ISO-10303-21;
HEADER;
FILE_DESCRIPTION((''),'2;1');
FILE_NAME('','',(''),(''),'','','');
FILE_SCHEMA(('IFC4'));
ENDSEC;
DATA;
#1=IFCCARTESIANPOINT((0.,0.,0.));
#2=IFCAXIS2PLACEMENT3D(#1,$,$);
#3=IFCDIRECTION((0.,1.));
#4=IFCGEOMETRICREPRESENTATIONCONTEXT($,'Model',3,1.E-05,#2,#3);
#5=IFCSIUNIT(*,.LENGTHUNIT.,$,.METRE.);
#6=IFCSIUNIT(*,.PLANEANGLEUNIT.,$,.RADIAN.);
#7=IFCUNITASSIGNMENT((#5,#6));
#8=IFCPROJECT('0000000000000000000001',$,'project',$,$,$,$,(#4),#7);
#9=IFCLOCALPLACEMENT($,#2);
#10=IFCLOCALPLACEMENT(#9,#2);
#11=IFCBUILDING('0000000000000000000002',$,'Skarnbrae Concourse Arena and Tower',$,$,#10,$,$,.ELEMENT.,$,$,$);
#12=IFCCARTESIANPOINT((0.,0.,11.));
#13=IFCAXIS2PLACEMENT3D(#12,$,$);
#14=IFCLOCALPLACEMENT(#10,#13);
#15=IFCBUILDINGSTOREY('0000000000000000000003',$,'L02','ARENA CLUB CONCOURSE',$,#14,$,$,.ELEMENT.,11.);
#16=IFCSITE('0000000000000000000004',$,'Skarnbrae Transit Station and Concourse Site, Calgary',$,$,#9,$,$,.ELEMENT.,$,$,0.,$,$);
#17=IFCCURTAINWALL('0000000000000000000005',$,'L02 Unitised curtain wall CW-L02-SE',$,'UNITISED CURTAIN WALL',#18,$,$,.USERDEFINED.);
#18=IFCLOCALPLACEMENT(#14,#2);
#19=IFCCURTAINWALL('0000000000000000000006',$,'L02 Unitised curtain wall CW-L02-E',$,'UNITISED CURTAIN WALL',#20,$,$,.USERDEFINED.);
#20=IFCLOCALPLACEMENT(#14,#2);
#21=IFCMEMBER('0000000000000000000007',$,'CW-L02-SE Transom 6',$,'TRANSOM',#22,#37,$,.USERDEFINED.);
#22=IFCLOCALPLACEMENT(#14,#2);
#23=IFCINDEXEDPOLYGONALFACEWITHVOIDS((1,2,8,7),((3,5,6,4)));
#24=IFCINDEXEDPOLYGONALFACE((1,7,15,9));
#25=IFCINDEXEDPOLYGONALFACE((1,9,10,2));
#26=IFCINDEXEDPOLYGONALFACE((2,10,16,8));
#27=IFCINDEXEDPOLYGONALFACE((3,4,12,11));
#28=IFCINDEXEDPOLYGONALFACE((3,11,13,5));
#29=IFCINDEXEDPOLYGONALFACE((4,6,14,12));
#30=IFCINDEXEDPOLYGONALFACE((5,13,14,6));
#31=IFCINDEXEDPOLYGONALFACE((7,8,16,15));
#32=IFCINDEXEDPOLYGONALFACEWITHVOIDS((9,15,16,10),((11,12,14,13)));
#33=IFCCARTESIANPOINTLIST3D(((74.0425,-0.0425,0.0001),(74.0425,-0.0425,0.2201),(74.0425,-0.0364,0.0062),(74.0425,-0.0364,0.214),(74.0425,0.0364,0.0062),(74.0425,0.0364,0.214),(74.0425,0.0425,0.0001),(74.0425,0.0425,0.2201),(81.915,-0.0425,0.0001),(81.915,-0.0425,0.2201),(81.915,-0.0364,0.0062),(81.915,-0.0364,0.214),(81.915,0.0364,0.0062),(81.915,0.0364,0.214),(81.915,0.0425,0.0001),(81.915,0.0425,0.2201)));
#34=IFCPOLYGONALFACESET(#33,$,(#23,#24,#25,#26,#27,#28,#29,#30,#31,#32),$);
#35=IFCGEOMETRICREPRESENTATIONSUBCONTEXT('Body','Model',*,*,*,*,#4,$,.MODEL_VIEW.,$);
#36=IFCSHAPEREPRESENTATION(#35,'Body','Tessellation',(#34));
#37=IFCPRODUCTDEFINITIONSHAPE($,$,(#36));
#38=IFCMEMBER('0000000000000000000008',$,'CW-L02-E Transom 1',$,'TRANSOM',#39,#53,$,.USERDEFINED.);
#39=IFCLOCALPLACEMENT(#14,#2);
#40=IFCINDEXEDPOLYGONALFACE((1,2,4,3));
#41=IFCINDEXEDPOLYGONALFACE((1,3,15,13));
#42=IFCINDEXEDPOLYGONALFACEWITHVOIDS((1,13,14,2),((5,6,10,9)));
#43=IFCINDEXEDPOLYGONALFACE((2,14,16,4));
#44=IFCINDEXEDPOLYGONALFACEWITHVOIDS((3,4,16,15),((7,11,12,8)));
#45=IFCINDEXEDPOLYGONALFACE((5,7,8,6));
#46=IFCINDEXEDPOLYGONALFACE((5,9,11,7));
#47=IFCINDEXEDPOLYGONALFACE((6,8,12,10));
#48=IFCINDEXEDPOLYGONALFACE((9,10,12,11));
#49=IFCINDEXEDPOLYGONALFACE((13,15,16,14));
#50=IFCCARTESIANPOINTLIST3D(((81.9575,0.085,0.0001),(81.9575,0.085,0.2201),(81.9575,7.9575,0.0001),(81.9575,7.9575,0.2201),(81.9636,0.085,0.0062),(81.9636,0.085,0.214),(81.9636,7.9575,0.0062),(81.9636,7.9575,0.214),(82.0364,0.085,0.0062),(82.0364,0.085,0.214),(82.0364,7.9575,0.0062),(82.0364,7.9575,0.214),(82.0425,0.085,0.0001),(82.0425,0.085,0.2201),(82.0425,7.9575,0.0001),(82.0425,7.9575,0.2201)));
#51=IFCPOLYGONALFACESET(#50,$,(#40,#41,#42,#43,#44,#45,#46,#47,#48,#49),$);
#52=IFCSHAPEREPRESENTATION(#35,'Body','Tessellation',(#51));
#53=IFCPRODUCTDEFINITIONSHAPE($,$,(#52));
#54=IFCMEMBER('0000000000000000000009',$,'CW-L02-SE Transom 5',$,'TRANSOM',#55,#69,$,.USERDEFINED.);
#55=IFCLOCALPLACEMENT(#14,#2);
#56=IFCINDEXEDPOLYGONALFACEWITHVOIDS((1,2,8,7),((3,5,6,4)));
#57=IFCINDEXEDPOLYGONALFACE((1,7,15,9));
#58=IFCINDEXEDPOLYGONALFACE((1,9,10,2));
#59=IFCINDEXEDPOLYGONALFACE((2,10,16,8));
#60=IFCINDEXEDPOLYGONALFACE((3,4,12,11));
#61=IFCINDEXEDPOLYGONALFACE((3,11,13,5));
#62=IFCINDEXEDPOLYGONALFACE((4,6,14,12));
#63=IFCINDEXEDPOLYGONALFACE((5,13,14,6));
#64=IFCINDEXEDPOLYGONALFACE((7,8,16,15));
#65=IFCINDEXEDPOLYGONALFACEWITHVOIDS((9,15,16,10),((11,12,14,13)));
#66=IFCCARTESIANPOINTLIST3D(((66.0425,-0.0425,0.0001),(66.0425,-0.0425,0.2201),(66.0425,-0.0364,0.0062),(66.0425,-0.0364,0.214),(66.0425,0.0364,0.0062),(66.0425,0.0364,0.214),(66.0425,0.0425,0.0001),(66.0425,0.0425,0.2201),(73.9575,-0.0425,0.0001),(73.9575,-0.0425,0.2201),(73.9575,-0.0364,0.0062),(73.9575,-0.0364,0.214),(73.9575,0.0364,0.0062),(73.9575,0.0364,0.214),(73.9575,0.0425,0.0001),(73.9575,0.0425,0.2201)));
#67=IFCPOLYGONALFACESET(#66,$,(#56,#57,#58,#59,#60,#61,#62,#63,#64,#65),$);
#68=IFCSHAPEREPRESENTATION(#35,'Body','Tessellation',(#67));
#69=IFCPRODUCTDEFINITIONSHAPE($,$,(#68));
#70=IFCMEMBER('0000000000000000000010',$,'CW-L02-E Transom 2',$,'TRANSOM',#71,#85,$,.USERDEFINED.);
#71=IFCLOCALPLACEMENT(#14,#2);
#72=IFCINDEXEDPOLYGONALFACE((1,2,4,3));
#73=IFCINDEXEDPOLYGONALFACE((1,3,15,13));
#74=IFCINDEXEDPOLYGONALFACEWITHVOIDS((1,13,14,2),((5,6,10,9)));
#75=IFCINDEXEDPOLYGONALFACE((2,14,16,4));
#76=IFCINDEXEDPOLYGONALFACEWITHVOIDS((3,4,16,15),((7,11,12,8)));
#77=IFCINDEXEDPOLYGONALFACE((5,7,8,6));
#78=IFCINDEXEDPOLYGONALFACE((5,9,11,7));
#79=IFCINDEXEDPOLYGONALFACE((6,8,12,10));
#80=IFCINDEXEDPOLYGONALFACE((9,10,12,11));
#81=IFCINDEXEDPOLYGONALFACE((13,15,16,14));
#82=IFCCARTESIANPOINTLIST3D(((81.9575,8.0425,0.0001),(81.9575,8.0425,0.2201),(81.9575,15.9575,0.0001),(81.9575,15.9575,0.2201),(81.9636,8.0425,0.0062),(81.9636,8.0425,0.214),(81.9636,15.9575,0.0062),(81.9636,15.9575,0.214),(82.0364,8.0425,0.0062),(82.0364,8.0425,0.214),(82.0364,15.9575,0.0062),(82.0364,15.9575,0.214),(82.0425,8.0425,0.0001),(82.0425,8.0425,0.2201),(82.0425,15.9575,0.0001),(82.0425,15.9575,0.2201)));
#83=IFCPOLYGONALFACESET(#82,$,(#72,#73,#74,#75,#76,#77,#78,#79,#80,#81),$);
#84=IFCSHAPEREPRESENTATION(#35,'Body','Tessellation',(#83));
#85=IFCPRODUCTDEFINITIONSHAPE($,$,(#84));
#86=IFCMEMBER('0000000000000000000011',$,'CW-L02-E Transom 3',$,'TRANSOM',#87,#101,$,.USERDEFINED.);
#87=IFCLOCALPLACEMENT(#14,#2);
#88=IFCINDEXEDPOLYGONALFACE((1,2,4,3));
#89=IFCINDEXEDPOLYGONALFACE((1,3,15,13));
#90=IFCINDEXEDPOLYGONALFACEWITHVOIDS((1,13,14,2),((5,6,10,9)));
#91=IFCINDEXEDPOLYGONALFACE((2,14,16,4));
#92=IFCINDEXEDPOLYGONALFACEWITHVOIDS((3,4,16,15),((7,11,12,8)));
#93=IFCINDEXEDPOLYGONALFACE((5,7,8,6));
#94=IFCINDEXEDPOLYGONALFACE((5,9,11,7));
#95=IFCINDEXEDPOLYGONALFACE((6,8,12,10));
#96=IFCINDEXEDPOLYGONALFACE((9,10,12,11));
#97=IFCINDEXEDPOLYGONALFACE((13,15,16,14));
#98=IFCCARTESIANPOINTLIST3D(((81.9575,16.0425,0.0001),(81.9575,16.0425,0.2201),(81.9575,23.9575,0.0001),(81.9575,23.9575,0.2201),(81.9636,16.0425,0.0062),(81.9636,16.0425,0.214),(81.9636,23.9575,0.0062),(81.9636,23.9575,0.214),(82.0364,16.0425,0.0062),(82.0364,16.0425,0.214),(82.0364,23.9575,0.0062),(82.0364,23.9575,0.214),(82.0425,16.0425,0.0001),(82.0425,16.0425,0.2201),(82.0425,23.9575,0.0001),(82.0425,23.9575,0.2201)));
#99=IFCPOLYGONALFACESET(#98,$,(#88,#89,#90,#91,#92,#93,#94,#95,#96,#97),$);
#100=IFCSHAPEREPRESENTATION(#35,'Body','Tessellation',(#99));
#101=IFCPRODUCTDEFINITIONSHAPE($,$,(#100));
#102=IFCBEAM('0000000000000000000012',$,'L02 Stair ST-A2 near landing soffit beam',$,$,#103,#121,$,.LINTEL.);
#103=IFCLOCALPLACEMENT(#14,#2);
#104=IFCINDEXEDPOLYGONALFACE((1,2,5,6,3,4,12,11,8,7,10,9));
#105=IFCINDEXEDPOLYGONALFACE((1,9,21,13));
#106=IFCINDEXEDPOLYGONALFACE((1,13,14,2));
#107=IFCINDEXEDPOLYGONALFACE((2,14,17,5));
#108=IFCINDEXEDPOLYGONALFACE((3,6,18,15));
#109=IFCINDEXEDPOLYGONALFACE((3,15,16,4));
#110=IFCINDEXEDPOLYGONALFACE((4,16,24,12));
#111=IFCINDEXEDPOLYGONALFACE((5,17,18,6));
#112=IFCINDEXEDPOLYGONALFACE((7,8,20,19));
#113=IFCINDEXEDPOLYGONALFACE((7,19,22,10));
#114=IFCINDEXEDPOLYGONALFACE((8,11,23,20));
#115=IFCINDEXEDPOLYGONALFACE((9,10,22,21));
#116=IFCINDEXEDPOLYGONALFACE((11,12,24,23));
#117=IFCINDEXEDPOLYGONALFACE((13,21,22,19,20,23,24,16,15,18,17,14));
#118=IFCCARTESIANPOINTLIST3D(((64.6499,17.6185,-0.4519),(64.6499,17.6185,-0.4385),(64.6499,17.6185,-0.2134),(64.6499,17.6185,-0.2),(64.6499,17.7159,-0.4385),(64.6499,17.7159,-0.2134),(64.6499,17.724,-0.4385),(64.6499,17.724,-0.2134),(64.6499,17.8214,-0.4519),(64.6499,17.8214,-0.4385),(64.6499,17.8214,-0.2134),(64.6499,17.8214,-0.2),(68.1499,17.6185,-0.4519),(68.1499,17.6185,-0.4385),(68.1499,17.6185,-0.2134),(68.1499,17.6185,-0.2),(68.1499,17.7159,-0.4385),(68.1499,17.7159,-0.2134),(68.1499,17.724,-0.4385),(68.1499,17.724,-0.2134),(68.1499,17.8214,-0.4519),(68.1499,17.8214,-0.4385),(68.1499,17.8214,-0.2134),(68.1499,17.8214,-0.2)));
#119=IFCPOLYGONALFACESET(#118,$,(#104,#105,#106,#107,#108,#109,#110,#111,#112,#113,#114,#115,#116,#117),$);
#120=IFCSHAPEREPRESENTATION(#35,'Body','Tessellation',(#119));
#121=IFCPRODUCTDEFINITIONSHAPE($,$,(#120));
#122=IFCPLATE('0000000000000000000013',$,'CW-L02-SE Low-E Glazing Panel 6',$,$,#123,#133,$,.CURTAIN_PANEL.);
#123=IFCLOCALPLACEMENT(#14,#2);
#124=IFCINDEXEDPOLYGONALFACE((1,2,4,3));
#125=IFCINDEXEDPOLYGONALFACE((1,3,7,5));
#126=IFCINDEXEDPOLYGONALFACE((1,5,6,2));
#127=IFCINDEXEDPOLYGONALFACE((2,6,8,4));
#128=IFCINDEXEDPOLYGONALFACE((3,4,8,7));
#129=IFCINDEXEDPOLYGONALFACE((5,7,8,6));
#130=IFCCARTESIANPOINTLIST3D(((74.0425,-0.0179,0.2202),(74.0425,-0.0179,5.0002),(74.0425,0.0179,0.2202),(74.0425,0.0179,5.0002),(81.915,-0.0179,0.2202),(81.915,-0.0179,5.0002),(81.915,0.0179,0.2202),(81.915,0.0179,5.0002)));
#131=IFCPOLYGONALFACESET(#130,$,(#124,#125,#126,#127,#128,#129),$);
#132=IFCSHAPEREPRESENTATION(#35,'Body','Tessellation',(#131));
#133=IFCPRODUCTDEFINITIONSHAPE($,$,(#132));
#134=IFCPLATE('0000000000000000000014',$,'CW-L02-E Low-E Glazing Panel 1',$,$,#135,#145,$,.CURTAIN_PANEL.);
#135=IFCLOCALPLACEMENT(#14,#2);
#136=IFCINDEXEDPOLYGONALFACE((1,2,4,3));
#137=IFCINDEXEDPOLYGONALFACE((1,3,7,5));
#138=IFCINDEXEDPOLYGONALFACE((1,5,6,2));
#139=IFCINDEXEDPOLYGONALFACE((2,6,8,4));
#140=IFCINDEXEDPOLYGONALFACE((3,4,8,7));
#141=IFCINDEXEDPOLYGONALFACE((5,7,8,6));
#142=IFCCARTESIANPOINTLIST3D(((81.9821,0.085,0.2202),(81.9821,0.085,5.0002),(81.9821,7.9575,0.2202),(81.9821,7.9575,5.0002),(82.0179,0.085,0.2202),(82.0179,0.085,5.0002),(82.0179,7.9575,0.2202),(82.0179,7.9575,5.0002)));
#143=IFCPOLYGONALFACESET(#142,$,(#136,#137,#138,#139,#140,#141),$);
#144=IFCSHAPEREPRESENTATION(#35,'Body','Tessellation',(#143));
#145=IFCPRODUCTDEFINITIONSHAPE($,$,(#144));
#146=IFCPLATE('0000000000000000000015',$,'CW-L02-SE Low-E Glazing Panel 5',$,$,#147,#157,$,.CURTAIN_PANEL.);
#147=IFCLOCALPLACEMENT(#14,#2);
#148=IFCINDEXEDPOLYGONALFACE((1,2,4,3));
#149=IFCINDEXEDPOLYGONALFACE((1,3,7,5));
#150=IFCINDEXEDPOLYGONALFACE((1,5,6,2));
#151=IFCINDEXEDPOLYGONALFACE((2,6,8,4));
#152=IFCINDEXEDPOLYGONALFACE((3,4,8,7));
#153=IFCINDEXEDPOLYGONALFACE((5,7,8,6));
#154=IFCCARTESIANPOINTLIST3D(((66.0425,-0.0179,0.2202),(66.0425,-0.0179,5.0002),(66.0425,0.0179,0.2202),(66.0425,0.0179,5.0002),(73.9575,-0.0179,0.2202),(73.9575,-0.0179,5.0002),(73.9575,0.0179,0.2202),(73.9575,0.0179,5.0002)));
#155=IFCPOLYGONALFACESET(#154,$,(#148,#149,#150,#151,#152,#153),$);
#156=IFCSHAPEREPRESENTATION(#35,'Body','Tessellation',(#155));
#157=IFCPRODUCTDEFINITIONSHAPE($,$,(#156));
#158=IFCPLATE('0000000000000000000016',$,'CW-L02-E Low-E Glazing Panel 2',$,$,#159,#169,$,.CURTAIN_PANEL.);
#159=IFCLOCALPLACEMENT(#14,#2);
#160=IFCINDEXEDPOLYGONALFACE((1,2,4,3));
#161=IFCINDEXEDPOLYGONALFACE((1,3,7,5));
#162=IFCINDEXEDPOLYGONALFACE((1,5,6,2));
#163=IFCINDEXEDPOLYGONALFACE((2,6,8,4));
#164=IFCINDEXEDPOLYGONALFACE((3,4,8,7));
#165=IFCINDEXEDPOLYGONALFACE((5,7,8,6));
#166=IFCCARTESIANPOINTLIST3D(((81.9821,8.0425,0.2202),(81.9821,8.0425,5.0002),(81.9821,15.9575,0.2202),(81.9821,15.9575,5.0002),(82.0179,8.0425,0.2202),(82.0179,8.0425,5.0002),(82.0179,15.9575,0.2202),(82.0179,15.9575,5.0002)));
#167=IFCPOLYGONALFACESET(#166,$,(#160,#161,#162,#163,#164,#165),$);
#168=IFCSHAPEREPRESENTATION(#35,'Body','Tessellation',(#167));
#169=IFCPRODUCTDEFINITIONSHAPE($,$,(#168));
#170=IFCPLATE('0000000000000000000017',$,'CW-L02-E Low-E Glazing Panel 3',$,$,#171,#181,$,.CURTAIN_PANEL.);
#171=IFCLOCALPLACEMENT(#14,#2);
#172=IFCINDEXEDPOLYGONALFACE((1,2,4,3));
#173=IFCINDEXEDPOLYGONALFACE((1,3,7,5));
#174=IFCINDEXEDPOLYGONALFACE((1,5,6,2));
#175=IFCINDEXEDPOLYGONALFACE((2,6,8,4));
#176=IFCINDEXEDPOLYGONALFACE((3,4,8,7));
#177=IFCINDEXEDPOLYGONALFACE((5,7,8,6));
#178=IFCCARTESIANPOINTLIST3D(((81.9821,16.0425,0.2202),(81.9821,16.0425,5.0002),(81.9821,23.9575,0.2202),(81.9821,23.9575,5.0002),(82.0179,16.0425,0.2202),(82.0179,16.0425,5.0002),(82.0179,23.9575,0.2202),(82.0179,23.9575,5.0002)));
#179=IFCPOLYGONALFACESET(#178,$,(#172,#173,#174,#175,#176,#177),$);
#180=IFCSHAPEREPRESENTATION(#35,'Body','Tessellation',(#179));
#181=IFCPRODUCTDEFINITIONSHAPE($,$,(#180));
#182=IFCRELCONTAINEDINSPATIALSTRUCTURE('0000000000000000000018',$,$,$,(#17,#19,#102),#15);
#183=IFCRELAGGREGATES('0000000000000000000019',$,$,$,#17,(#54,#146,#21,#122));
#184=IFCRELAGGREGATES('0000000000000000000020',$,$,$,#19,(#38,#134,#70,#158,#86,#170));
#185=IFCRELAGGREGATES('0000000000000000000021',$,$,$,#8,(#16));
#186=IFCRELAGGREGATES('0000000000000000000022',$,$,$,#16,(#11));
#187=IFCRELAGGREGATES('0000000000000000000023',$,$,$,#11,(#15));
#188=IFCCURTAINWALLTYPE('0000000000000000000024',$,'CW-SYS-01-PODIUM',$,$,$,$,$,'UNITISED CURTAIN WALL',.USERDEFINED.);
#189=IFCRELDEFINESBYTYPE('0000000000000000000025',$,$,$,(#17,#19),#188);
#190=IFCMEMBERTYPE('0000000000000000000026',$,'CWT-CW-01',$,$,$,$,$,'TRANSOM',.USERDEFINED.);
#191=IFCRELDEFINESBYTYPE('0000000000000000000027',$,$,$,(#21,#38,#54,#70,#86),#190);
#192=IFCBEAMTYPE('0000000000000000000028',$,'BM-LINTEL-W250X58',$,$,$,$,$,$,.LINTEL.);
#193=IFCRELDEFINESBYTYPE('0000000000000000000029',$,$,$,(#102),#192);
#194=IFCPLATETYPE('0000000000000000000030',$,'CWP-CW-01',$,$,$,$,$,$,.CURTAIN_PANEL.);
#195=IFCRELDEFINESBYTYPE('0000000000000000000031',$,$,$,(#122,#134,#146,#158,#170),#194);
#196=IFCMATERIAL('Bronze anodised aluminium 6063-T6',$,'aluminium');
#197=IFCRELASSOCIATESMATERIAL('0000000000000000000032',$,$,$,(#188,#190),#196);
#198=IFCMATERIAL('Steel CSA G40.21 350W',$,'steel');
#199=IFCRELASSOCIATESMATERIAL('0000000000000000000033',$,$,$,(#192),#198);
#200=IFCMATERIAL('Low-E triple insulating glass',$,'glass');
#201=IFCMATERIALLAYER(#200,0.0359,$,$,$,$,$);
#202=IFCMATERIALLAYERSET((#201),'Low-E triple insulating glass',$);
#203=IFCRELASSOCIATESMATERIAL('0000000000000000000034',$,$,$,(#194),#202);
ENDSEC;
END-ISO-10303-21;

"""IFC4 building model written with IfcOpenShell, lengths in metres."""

from ifc_helpers import new_model, si_unit, direction, frame, origin, origin_2d, place, context, subcontext, project, spatial, rectangle, hollow_rectangle, i_section, extrude, source, transform, mapped, material, layer, layer_set, material_profile, profile_set, type_object, element, aggregate, save


model = new_model("IFC4")

# Units and contexts
model_context = context("Model", 3, precision=1e-05, world=origin(), true_north=direction((0.0, 1.0)))
body_context = subcontext(model_context, "Body", "Model", "MODEL_VIEW")
ifc_project = project(units=[si_unit("LENGTHUNIT", "METRE"), si_unit("PLANEANGLEUNIT", "RADIAN")], contexts=[model_context])

# Site, building, storey
site_placement = place(None, origin())
site = spatial("IfcSite", under=ifc_project, at=site_placement, Name="Skarnbrae Transit Station and Concourse Site, Calgary", CompositionType="ELEMENT", RefElevation=0.0)
building_placement = place(site_placement, origin())
building = spatial("IfcBuilding", under=site, at=building_placement, Name="Skarnbrae Concourse Arena and Tower", CompositionType="ELEMENT")
storey_placement = place(building_placement, frame((0.0, 0.0, 11.0)))
storey = spatial("IfcBuildingStorey", under=building, at=storey_placement, Name="L02", Description="ARENA CLUB CONCOURSE", CompositionType="ELEMENT", Elevation=11.0)

# Shared definitions
ifc_material_1 = material(Name="Steel CSA G40.21 350W", Category="steel")

# Curtain walls
ifc_material_2 = material(Name="Bronze anodised aluminium 6063-T6", Category="aluminium")
curtain_wall_type = type_object("IfcCurtainWallType", Name="CW-SYS-01-PODIUM", ElementType="UNITISED CURTAIN WALL", PredefinedType="USERDEFINED", material=ifc_material_2)
curtain_wall_1_placement = place(storey_placement, origin())
curtain_wall_1 = element("IfcCurtainWall", 1, at=curtain_wall_1_placement, inside=storey, type_object=curtain_wall_type, Name="L02 Unitised curtain wall CW-L02-SE", ObjectType="UNITISED CURTAIN WALL", PredefinedType="USERDEFINED")
curtain_wall_2_placement = place(storey_placement, origin())
curtain_wall_2 = element("IfcCurtainWall", 2, at=curtain_wall_2_placement, inside=storey, type_object=curtain_wall_type, Name="L02 Unitised curtain wall CW-L02-E", ObjectType="UNITISED CURTAIN WALL", PredefinedType="USERDEFINED")

# Members
ifc_material_profile_1 = material_profile(ifc_material_2, hollow_rectangle(XDim=0.085, YDim=0.22, WallThickness=0.0061, at=origin_2d()), Name="ALU-TRAN-85X220")
ifc_profile_set_1 = profile_set([ifc_material_profile_1], Name="Bronze anodised aluminium 6063-T6")
member_type_1 = type_object("IfcMemberType", Name="CWT-CW-01", ElementType="TRANSOM", PredefinedType="USERDEFINED", material=ifc_profile_set_1)
shared_shape_1 = source(origin(), body_context, "Body", "SweptSolid", [
    extrude(hollow_rectangle(XDim=0.085, YDim=0.22, WallThickness=0.0061, at=origin_2d()), origin(), (0.0, 0.0, 1.0), 7.8726),
])
member_1_placement = place(storey_placement, frame((74.0425, 0.0, 0.1101), z_axis=(1.0, 0.0, 0.0), x_axis=(0.0, 1.0, 0.0)))
member_1 = element("IfcMember", 3, at=member_1_placement, type_object=member_type_1, Name="CW-L02-SE Transom 6", ObjectType="TRANSOM", PredefinedType="USERDEFINED", context=body_context, shape_type="MappedRepresentation", body=[
    mapped(shared_shape_1, transform((0.0, 0.0, 0.0))),
])
member_2_placement = place(storey_placement, frame((82.0, 0.085, 0.1101), z_axis=(0.0, 1.0, 0.0), x_axis=(-1.0, 0.0, 0.0)))
member_2 = element("IfcMember", 4, at=member_2_placement, type_object=member_type_1, Name="CW-L02-E Transom 1", ObjectType="TRANSOM", PredefinedType="USERDEFINED", context=body_context, shape_type="MappedRepresentation", body=[
    mapped(shared_shape_1, transform((0.0, 0.0, 0.0))),
])
shared_shape_2 = source(origin(), body_context, "Body", "SweptSolid", [
    extrude(hollow_rectangle(XDim=0.085, YDim=0.22, WallThickness=0.0061, at=origin_2d()), origin(), (0.0, 0.0, 1.0), 7.915),
])
member_3_placement = place(storey_placement, frame((66.0425, 0.0, 0.1101), z_axis=(1.0, 0.0, 0.0), x_axis=(0.0, 1.0, 0.0)))
member_3 = element("IfcMember", 5, at=member_3_placement, type_object=member_type_1, Name="CW-L02-SE Transom 5", ObjectType="TRANSOM", PredefinedType="USERDEFINED", context=body_context, shape_type="MappedRepresentation", body=[
    mapped(shared_shape_2, transform((0.0, 0.0, 0.0))),
])
member_4_placement = place(storey_placement, frame((82.0, 8.0425, 0.1101), z_axis=(0.0, 1.0, 0.0), x_axis=(-1.0, 0.0, 0.0)))
member_4 = element("IfcMember", 6, at=member_4_placement, type_object=member_type_1, Name="CW-L02-E Transom 2", ObjectType="TRANSOM", PredefinedType="USERDEFINED", context=body_context, shape_type="MappedRepresentation", body=[
    mapped(shared_shape_2, transform((0.0, 0.0, 0.0))),
])
member_5_placement = place(storey_placement, frame((82.0, 16.0425, 0.1101), z_axis=(0.0, 1.0, 0.0), x_axis=(-1.0, 0.0, 0.0)))
member_5 = element("IfcMember", 7, at=member_5_placement, type_object=member_type_1, Name="CW-L02-E Transom 3", ObjectType="TRANSOM", PredefinedType="USERDEFINED", context=body_context, shape_type="MappedRepresentation", body=[
    mapped(shared_shape_2, transform((0.0, 0.0, 0.0))),
])

# Beam
ifc_material_profile_2 = material_profile(ifc_material_1, i_section(OverallWidth=0.2029, OverallDepth=0.252, WebThickness=0.0081, FlangeThickness=0.0134, at=origin_2d()), Name="W250X58")
ifc_profile_set_2 = profile_set([ifc_material_profile_2], Name="Steel CSA G40.21 350W")
beam_type_1 = type_object("IfcBeamType", Name="BM-LINTEL-W250X58", PredefinedType="LINTEL", material=ifc_profile_set_2)
shared_shape_3 = source(origin(), body_context, "Body", "SweptSolid", [
    extrude(i_section(OverallWidth=0.2029, OverallDepth=0.252, WebThickness=0.0081, FlangeThickness=0.0134, at=origin_2d()), origin(), (0.0, 0.0, 1.0), 3.5),
])
beam_1_placement = place(storey_placement, frame((68.1499, 17.72, -0.3259), z_axis=(-1.0, 0.0, 0.0), x_axis=(0.0, -1.0, 0.0)))
element("IfcBeam", 8, at=beam_1_placement, inside=storey, type_object=beam_type_1, Name="L02 Stair ST-A2 near landing soffit beam", PredefinedType="LINTEL", context=body_context, shape_type="MappedRepresentation", body=[
    mapped(shared_shape_3, transform((0.0, 0.0, 0.0))),
])

# Plates
ifc_material_3 = material(Name="Low-E triple insulating glass", Category="glass")
ifc_layer_1 = layer(ifc_material_3, 0.0359)
ifc_layer_set_1 = layer_set([ifc_layer_1], Name="Low-E triple insulating glass")
plate_type = type_object("IfcPlateType", Name="CWP-CW-01", PredefinedType="CURTAIN_PANEL", material=ifc_layer_set_1)
shared_shape_4 = source(origin(), body_context, "Body", "SweptSolid", [
    extrude(rectangle(XDim=7.8726, YDim=0.0359, at=origin_2d()), origin(), (0.0, 0.0, 1.0), 4.78),
])
plate_1_placement = place(storey_placement, frame((77.9788, 0.0, 0.2202), z_axis=(0.0, 0.0, 1.0), x_axis=(1.0, 0.0, 0.0)))
plate_1 = element("IfcPlate", 9, at=plate_1_placement, type_object=plate_type, Name="CW-L02-SE Low-E Glazing Panel 6", PredefinedType="CURTAIN_PANEL", context=body_context, shape_type="MappedRepresentation", body=[
    mapped(shared_shape_4, transform((0.0, 0.0, 0.0))),
])
plate_2_placement = place(storey_placement, frame((82.0, 4.0212, 0.2202), z_axis=(0.0, 0.0, 1.0), x_axis=(0.0, 1.0, 0.0)))
plate_2 = element("IfcPlate", 10, at=plate_2_placement, type_object=plate_type, Name="CW-L02-E Low-E Glazing Panel 1", PredefinedType="CURTAIN_PANEL", context=body_context, shape_type="MappedRepresentation", body=[
    mapped(shared_shape_4, transform((0.0, 0.0, 0.0))),
])
shared_shape_5 = source(origin(), body_context, "Body", "SweptSolid", [
    extrude(rectangle(XDim=7.915, YDim=0.0359, at=origin_2d()), origin(), (0.0, 0.0, 1.0), 4.78),
])
plate_3_placement = place(storey_placement, frame((70.0, 0.0, 0.2202), z_axis=(0.0, 0.0, 1.0), x_axis=(1.0, 0.0, 0.0)))
plate_3 = element("IfcPlate", 11, at=plate_3_placement, type_object=plate_type, Name="CW-L02-SE Low-E Glazing Panel 5", PredefinedType="CURTAIN_PANEL", context=body_context, shape_type="MappedRepresentation", body=[
    mapped(shared_shape_5, transform((0.0, 0.0, 0.0))),
])
aggregate(curtain_wall_1, [member_3, plate_3, member_1, plate_1])
plate_4_placement = place(storey_placement, frame((82.0, 12.0, 0.2202), z_axis=(0.0, 0.0, 1.0), x_axis=(0.0, 1.0, 0.0)))
plate_4 = element("IfcPlate", 12, at=plate_4_placement, type_object=plate_type, Name="CW-L02-E Low-E Glazing Panel 2", PredefinedType="CURTAIN_PANEL", context=body_context, shape_type="MappedRepresentation", body=[
    mapped(shared_shape_5, transform((0.0, 0.0, 0.0))),
])
plate_5_placement = place(storey_placement, frame((82.0, 20.0, 0.2202), z_axis=(0.0, 0.0, 1.0), x_axis=(0.0, 1.0, 0.0)))
plate_5 = element("IfcPlate", 13, at=plate_5_placement, type_object=plate_type, Name="CW-L02-E Low-E Glazing Panel 3", PredefinedType="CURTAIN_PANEL", context=body_context, shape_type="MappedRepresentation", body=[
    mapped(shared_shape_5, transform((0.0, 0.0, 0.0))),
])
aggregate(curtain_wall_2, [member_2, plate_2, member_4, plate_4, member_5, plate_5])

save(model, "model.ifc")
